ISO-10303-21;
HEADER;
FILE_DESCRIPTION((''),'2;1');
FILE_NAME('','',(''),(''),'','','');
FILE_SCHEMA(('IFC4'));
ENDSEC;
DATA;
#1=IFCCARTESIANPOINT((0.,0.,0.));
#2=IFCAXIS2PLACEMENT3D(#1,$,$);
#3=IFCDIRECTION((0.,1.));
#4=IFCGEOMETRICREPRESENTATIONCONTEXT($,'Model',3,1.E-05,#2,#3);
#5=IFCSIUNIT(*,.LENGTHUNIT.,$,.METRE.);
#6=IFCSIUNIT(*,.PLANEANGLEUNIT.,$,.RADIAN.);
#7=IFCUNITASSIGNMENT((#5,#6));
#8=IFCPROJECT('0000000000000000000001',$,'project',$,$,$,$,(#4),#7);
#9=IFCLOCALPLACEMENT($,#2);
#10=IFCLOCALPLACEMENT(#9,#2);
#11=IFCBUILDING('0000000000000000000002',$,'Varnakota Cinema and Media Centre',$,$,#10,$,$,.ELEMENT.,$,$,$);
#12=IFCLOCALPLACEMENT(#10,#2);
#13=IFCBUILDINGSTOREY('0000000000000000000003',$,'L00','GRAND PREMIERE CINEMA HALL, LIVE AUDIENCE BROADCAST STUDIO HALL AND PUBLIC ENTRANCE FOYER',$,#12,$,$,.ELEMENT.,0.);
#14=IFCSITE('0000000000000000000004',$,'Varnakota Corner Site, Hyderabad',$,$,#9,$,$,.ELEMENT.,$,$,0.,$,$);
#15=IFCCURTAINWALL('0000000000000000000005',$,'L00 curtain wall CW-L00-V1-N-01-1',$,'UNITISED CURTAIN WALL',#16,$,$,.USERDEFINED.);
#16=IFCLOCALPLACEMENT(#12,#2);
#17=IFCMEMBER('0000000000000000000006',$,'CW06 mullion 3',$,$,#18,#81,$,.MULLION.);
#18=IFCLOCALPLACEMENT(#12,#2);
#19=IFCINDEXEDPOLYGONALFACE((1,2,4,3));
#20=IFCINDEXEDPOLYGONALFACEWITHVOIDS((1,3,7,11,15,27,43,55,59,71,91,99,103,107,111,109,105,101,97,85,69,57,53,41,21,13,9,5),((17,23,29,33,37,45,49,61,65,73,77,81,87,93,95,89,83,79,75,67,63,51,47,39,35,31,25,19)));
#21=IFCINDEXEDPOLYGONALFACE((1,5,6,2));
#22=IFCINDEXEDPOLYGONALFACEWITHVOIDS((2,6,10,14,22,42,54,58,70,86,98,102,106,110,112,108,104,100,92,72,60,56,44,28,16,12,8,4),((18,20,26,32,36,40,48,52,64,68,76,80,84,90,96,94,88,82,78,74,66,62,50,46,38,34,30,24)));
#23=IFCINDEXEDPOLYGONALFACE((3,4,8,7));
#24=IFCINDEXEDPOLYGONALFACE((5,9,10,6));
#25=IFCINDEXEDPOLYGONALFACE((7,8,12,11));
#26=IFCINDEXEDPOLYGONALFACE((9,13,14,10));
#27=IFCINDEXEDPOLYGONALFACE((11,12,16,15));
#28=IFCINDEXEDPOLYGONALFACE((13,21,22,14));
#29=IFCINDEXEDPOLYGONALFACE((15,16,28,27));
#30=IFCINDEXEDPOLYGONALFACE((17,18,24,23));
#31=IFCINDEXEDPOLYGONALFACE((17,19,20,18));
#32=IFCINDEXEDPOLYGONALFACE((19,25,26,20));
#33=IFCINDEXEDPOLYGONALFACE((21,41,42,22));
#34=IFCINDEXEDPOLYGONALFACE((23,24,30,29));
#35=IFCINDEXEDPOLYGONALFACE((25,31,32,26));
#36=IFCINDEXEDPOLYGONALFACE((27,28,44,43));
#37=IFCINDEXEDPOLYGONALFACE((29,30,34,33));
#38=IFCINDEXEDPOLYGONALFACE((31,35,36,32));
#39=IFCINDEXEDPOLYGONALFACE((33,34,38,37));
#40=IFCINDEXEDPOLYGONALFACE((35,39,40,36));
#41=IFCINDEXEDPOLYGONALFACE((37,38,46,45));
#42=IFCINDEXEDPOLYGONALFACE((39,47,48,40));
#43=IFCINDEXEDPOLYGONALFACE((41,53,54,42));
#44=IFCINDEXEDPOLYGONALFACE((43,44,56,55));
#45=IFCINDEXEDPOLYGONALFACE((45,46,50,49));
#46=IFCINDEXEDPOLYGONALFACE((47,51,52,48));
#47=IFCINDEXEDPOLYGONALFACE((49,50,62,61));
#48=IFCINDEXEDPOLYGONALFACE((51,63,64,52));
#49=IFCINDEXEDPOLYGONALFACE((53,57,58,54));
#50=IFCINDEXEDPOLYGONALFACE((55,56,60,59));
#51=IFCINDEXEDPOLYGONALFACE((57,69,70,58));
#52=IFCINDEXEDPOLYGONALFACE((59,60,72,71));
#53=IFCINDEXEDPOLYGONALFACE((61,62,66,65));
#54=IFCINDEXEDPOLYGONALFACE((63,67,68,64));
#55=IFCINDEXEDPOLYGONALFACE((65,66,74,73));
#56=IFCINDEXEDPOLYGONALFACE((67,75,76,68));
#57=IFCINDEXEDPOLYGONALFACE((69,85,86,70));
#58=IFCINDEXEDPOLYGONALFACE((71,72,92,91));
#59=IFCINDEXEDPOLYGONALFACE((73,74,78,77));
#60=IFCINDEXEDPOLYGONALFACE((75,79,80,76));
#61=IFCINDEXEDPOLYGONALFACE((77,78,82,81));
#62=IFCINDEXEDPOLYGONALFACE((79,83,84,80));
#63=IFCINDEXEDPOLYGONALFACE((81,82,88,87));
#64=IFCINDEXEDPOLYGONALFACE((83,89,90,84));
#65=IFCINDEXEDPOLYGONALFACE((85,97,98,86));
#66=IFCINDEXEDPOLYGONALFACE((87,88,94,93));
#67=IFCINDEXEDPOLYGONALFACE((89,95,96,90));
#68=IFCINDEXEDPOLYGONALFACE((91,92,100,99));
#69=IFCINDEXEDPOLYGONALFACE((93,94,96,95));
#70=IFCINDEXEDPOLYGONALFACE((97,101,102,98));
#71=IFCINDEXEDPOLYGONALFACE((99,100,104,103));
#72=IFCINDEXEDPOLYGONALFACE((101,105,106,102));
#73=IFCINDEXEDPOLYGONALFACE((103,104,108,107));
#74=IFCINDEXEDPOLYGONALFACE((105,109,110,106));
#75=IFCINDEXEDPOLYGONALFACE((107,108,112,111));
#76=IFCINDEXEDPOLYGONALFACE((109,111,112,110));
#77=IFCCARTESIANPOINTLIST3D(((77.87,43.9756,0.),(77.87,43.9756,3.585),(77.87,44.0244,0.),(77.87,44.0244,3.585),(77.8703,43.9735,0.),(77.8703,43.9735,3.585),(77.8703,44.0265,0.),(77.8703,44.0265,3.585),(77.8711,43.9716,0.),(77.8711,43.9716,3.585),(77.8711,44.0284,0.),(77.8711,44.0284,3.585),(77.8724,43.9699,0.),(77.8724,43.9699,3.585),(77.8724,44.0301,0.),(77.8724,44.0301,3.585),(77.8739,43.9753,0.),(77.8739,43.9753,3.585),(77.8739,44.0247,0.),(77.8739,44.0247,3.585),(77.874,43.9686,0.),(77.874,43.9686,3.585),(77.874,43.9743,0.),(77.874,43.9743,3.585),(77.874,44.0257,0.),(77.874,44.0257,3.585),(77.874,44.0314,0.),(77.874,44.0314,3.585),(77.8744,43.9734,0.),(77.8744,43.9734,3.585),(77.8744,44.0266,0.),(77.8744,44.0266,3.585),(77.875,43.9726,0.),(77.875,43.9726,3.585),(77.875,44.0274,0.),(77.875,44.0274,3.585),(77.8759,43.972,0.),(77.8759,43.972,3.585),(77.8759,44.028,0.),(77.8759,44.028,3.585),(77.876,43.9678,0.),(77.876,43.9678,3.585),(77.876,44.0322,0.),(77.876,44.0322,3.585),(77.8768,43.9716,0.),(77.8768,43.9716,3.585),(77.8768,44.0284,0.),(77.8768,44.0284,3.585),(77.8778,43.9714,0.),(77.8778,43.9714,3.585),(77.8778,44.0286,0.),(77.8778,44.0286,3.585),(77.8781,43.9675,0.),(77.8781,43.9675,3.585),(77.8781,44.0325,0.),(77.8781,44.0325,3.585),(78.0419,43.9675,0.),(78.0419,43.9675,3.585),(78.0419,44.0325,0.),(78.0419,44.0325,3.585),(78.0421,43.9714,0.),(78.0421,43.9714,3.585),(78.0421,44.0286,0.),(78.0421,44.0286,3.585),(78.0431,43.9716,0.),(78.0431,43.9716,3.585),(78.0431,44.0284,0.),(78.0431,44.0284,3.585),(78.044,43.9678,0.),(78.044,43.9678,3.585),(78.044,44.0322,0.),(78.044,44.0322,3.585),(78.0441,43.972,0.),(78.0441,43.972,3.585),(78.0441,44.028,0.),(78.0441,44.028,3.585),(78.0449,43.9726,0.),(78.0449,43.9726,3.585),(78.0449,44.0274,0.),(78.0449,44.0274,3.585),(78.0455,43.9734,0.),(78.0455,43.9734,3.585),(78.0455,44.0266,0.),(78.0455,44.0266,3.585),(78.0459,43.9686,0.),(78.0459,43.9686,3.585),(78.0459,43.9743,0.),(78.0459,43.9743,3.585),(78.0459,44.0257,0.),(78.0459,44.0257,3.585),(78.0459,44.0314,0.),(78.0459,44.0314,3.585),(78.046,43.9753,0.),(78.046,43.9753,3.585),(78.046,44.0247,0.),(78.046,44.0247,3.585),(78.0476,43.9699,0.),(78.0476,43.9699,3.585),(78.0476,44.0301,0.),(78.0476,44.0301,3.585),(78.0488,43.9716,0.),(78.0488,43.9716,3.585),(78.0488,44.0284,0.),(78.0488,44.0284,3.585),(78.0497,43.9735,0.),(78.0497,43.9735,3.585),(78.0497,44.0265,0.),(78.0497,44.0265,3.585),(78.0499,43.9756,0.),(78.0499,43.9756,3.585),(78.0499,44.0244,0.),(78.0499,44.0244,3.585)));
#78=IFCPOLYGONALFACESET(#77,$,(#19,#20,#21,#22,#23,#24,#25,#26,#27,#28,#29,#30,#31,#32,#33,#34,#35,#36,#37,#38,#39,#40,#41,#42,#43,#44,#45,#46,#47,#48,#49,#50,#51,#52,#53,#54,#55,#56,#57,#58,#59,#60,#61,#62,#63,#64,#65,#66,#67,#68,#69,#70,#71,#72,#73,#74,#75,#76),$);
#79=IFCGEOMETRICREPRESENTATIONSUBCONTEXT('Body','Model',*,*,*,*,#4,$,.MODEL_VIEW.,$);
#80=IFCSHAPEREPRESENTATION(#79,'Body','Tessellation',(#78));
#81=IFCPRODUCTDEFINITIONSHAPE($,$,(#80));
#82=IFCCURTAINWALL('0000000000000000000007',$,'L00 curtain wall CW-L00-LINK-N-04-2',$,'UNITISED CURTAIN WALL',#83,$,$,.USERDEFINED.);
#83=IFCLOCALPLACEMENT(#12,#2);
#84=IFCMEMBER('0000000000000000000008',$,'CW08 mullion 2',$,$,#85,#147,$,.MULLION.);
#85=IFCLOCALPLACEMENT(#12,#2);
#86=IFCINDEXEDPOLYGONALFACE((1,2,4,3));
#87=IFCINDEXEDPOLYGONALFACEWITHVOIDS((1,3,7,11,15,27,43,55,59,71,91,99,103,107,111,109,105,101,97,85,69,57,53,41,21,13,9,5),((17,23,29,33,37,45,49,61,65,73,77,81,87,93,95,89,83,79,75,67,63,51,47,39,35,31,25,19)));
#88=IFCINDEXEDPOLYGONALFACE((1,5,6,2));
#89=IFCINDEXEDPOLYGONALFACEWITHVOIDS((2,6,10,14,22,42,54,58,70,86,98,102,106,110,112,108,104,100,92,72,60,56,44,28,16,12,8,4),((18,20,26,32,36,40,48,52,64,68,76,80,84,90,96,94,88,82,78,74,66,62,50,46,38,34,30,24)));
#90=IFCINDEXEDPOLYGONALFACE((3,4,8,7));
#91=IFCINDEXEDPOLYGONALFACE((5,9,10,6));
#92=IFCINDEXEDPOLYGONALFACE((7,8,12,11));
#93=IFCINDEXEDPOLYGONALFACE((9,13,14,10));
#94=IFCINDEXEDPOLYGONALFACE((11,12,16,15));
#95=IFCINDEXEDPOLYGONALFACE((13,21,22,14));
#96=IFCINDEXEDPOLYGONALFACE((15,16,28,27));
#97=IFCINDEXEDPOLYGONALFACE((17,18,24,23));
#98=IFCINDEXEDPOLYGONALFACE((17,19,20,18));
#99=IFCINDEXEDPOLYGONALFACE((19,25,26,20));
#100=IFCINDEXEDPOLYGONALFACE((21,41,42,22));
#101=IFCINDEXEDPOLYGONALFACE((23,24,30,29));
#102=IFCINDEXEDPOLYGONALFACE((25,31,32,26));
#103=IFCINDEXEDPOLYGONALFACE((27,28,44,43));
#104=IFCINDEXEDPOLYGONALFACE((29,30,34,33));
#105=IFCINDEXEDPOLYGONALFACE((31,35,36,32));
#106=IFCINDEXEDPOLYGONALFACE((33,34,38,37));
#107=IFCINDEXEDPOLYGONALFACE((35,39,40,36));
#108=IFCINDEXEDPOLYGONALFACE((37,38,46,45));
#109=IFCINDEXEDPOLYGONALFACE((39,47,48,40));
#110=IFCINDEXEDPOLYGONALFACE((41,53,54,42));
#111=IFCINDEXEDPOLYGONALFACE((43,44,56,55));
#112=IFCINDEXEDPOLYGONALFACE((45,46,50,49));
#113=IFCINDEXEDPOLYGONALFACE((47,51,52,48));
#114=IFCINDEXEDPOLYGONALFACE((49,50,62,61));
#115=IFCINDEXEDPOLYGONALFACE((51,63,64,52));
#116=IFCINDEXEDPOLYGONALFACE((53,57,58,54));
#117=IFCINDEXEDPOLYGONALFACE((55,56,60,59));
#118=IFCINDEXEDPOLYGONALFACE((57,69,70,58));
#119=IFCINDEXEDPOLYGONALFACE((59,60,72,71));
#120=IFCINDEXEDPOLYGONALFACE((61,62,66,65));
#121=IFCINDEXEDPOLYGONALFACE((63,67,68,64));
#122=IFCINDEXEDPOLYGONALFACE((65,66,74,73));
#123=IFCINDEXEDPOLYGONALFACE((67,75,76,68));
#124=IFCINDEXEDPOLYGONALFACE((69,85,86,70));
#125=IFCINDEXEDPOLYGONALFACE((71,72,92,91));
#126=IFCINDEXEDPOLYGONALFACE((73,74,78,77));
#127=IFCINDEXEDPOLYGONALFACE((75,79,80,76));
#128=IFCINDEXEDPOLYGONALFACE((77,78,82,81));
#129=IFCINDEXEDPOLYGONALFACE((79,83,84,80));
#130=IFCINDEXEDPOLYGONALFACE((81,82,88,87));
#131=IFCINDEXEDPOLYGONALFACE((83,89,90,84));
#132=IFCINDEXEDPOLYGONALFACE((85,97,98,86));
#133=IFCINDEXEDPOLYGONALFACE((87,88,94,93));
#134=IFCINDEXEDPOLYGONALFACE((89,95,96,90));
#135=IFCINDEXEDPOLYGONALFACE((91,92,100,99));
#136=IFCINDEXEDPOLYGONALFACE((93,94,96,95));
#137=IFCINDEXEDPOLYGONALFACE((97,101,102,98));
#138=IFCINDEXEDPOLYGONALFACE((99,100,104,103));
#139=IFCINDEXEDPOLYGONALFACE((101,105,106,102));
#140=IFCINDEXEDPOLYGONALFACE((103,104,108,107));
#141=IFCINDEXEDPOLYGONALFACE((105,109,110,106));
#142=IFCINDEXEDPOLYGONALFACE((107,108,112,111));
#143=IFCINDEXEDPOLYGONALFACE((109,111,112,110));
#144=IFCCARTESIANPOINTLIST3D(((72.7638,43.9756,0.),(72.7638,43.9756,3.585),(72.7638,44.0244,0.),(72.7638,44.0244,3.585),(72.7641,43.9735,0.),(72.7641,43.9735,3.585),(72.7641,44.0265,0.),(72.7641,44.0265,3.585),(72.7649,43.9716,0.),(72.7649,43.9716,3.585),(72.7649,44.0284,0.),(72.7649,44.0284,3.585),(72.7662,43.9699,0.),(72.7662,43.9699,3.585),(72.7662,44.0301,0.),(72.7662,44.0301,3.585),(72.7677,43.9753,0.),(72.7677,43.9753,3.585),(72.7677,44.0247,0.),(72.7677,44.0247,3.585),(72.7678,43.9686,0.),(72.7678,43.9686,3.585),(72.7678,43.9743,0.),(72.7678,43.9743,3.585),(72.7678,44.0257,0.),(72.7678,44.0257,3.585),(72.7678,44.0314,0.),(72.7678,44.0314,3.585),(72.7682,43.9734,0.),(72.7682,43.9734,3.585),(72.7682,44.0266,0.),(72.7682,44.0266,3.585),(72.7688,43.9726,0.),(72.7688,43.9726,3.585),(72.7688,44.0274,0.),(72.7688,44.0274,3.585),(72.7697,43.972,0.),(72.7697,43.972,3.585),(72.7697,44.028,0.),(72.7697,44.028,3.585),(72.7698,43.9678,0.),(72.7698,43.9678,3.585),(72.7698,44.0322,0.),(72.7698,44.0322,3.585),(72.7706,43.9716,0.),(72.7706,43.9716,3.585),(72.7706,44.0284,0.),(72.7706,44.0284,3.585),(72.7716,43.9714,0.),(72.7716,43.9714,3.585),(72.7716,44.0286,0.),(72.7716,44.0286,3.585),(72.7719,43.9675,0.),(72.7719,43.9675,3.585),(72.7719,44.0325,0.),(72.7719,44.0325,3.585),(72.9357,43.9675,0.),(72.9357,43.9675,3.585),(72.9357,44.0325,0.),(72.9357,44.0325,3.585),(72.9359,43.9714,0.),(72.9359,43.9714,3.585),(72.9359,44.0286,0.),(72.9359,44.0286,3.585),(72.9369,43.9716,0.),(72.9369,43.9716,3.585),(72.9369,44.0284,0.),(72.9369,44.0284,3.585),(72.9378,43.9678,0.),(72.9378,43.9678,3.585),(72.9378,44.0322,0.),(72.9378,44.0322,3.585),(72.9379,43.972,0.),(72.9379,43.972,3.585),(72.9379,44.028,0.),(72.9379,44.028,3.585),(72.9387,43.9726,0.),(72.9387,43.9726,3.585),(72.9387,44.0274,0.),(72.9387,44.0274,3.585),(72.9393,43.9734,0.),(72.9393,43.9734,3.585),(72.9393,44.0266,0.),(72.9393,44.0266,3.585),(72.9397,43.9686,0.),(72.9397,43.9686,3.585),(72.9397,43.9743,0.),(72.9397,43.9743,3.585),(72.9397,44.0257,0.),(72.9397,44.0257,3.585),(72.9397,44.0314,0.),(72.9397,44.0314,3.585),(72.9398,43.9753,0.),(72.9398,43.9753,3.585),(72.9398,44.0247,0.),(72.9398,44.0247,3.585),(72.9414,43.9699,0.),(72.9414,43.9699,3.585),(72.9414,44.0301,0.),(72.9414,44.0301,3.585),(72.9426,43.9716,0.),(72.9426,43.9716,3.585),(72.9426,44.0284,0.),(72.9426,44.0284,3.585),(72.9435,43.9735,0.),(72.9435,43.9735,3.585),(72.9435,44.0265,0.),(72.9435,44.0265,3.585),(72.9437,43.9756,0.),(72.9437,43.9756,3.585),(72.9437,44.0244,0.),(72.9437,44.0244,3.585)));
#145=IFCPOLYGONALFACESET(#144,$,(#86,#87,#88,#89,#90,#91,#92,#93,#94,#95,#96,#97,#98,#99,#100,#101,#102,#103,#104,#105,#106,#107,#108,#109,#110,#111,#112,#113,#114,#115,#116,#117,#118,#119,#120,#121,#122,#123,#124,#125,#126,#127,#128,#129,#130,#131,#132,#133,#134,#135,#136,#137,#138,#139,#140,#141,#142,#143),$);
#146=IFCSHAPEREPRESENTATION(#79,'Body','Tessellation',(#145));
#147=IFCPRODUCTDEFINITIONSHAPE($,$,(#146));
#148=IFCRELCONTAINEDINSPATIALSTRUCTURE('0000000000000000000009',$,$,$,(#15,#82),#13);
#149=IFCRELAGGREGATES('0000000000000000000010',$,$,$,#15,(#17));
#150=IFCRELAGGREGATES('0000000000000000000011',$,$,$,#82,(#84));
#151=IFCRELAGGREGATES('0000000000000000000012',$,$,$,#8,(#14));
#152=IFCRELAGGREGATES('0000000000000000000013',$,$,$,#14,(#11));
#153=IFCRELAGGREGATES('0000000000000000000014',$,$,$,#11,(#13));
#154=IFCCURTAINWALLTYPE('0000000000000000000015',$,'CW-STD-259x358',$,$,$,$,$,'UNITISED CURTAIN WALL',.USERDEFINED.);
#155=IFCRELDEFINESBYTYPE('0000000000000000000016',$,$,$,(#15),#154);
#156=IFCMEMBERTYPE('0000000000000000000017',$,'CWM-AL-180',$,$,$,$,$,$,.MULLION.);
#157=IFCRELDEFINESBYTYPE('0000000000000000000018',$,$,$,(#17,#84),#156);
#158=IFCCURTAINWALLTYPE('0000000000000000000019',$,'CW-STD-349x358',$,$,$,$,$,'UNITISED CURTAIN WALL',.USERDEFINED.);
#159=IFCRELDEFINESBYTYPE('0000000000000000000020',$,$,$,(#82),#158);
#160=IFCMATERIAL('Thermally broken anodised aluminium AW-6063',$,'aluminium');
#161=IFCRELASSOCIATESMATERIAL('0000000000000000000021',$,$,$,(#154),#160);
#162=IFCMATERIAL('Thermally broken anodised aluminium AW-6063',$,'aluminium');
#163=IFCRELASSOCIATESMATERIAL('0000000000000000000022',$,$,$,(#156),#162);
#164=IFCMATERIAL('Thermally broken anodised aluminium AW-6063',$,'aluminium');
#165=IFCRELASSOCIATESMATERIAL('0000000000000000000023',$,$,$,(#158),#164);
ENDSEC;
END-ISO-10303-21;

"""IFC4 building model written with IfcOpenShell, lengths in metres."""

from ifc_helpers import new_model, si_unit, direction, frame, origin, origin_2d, place, context, subcontext, project, spatial, hollow_rectangle, extrude, material, material_profile, profile_set, type_object, element, aggregate, save


model = new_model("IFC4")

# Units and contexts
model_context = context("Model", 3, precision=1e-05, world=origin(), true_north=direction((0.0, 1.0)))
body_context = subcontext(model_context, "Body", "Model", "MODEL_VIEW")
ifc_project = project(units=[si_unit("LENGTHUNIT", "METRE"), si_unit("PLANEANGLEUNIT", "RADIAN")], contexts=[model_context])

# Site, building, storey
site_placement = place(None, origin())
site = spatial("IfcSite", under=ifc_project, at=site_placement, Name="Varnakota Corner Site, Hyderabad", CompositionType="ELEMENT", RefElevation=0.0)
building_placement = place(site_placement, origin())
building = spatial("IfcBuilding", under=site, at=building_placement, Name="Varnakota Cinema and Media Centre", CompositionType="ELEMENT")
storey_placement = place(building_placement, origin())
storey = spatial("IfcBuildingStorey", under=building, at=storey_placement, Name="L00", Description="GRAND PREMIERE CINEMA HALL, LIVE AUDIENCE BROADCAST STUDIO HALL AND PUBLIC ENTRANCE FOYER", CompositionType="ELEMENT", Elevation=0.0)

# Curtain walls, members
ifc_material_1 = material(Name="Thermally broken anodised aluminium AW-6063", Category="aluminium")
curtain_wall_type_1 = type_object("IfcCurtainWallType", Name="CW-STD-259x358", ElementType="UNITISED CURTAIN WALL", PredefinedType="USERDEFINED", material=ifc_material_1)
curtain_wall_1_placement = place(storey_placement, origin())
curtain_wall_1 = element("IfcCurtainWall", 1, at=curtain_wall_1_placement, inside=storey, type_object=curtain_wall_type_1, Name="L00 curtain wall CW-L00-V1-N-01-1", ObjectType="UNITISED CURTAIN WALL", PredefinedType="USERDEFINED")
ifc_material_2 = material(Name="Thermally broken anodised aluminium AW-6063", Category="aluminium")
ifc_material_profile_1 = material_profile(ifc_material_2, hollow_rectangle(XDim=0.0649, YDim=0.1799, WallThickness=0.0039, InnerFilletRadius=0.0039, OuterFilletRadius=0.0081, at=origin_2d()), Name="AL-MULLION 180x65x4")
ifc_profile_set_1 = profile_set([ifc_material_profile_1], Name="Thermally broken anodised aluminium AW-6063")
member_type_1 = type_object("IfcMemberType", Name="CWM-AL-180", PredefinedType="MULLION", material=ifc_profile_set_1)
member_1_placement = place(storey_placement, frame((77.96, 44.0, 0.0), z_axis=(0.0, 0.0, 1.0), x_axis=(0.0, 1.0, 0.0)))
member_1 = element("IfcMember", 2, at=member_1_placement, type_object=member_type_1, Name="CW06 mullion 3", PredefinedType="MULLION", context=body_context, shape_type="SweptSolid", body=[
    extrude(hollow_rectangle(XDim=0.0649, YDim=0.1799, WallThickness=0.0039, InnerFilletRadius=0.0039, OuterFilletRadius=0.0081, at=origin_2d()), origin(), (0.0, 0.0, 1.0), 3.585),
])
ifc_material_3 = material(Name="Thermally broken anodised aluminium AW-6063", Category="aluminium")
curtain_wall_type_2 = type_object("IfcCurtainWallType", Name="CW-STD-349x358", ElementType="UNITISED CURTAIN WALL", PredefinedType="USERDEFINED", material=ifc_material_3)
curtain_wall_2_placement = place(storey_placement, origin())
curtain_wall_2 = element("IfcCurtainWall", 3, at=curtain_wall_2_placement, inside=storey, type_object=curtain_wall_type_2, Name="L00 curtain wall CW-L00-LINK-N-04-2", ObjectType="UNITISED CURTAIN WALL", PredefinedType="USERDEFINED")
member_2_placement = place(storey_placement, frame((72.8538, 44.0, 0.0), z_axis=(0.0, 0.0, 1.0), x_axis=(0.0, 1.0, 0.0)))
member_2 = element("IfcMember", 4, at=member_2_placement, type_object=member_type_1, Name="CW08 mullion 2", PredefinedType="MULLION", context=body_context, shape_type="SweptSolid", body=[
    extrude(hollow_rectangle(XDim=0.0649, YDim=0.1799, WallThickness=0.0039, InnerFilletRadius=0.0039, OuterFilletRadius=0.0081, at=origin_2d()), origin(), (0.0, 0.0, 1.0), 3.585),
])

aggregate(curtain_wall_1, [member_1])
aggregate(curtain_wall_2, [member_2])

save(model, "model.ifc")
